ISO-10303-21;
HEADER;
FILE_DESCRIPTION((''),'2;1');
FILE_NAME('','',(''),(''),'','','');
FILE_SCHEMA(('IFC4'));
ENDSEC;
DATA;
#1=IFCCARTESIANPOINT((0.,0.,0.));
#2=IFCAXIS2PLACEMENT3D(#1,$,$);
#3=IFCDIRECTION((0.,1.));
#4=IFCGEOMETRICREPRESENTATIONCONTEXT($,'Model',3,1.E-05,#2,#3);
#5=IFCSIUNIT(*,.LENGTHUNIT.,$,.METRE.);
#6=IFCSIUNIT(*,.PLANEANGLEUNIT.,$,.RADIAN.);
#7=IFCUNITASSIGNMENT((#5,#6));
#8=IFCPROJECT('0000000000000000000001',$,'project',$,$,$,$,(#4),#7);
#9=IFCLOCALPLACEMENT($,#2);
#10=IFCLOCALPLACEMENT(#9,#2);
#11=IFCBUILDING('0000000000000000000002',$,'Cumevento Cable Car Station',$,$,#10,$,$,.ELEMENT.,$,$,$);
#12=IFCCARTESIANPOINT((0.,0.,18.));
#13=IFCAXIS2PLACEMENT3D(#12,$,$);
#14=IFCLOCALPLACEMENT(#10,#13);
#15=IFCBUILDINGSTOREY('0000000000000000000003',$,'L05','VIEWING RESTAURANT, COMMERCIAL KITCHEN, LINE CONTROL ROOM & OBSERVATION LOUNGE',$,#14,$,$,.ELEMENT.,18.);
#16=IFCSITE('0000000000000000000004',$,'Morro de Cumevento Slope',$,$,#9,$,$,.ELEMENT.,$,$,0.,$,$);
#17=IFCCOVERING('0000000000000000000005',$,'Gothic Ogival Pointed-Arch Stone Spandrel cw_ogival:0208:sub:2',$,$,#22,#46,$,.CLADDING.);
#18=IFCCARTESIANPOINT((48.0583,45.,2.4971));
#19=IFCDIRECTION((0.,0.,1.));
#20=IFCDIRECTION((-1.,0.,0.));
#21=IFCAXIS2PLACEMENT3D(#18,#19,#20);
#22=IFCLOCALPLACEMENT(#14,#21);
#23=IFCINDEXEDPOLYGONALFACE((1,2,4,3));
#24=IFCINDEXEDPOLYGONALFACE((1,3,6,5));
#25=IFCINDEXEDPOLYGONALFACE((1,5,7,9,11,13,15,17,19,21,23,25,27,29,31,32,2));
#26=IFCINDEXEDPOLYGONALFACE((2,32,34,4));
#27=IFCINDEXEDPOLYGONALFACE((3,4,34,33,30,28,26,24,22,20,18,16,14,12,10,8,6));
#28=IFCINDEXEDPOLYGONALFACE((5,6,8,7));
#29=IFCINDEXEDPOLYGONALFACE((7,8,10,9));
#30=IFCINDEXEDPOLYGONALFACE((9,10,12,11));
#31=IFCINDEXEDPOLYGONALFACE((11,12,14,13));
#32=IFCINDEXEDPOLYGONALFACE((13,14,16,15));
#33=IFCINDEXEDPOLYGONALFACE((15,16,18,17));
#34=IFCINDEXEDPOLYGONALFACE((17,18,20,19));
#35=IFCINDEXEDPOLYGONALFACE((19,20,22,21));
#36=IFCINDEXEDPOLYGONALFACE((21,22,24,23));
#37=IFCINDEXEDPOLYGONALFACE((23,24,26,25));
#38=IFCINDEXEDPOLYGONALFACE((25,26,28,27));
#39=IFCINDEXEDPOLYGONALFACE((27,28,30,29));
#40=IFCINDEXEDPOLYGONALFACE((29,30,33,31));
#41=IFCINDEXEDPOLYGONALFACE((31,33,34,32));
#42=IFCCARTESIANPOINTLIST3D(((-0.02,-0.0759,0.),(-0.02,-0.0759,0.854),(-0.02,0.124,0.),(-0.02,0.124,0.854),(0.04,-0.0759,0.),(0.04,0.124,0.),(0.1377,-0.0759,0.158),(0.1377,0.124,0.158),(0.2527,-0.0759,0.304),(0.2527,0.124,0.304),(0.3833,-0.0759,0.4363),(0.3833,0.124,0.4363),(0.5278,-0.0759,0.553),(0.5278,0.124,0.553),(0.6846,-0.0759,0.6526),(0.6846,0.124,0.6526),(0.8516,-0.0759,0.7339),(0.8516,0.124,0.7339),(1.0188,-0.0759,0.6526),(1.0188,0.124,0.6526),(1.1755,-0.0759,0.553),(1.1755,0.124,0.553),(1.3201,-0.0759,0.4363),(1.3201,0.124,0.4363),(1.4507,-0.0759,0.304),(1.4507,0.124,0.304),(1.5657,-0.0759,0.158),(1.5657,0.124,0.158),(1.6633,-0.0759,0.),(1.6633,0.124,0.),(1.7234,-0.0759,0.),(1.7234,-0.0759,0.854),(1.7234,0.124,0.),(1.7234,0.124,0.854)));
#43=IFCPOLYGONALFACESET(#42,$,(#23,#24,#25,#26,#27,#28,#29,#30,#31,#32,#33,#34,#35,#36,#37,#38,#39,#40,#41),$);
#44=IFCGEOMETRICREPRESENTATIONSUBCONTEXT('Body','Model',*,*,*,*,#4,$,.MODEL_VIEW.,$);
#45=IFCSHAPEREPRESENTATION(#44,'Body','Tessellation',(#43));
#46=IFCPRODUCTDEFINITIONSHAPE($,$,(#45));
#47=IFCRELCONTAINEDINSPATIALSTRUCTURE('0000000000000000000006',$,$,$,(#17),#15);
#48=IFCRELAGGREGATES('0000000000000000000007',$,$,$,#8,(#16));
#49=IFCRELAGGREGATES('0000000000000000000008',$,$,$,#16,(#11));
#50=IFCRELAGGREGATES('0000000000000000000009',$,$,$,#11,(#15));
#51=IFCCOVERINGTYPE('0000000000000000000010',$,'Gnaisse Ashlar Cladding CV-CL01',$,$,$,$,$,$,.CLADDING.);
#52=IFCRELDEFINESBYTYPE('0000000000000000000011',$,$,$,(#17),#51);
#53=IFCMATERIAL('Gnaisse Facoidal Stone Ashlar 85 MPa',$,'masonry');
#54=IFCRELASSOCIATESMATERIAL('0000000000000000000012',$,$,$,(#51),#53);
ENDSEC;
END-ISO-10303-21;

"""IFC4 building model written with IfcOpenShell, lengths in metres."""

from ifc_helpers import new_model, si_unit, direction, frame, origin, place, context, subcontext, project, spatial, polyline, outline, extrude, material, type_object, element, save


model = new_model("IFC4")

# Units and contexts
model_context = context("Model", 3, precision=1e-05, world=origin(), true_north=direction((0.0, 1.0)))
body_context = subcontext(model_context, "Body", "Model", "MODEL_VIEW")
ifc_project = project(units=[si_unit("LENGTHUNIT", "METRE"), si_unit("PLANEANGLEUNIT", "RADIAN")], contexts=[model_context])

# Site, building, storey
site_placement = place(None, origin())
site = spatial("IfcSite", under=ifc_project, at=site_placement, Name="Morro de Cumevento Slope", CompositionType="ELEMENT", RefElevation=0.0)
building_placement = place(site_placement, origin())
building = spatial("IfcBuilding", under=site, at=building_placement, Name="Cumevento Cable Car Station", CompositionType="ELEMENT")
storey_placement = place(building_placement, frame((0.0, 0.0, 18.0)))
storey = spatial("IfcBuildingStorey", under=building, at=storey_placement, Name="L05", Description="VIEWING RESTAURANT, COMMERCIAL KITCHEN, LINE CONTROL ROOM & OBSERVATION LOUNGE", CompositionType="ELEMENT", Elevation=18.0)

# Covering
ifc_material_1 = material(Name="Gnaisse Facoidal Stone Ashlar 85 MPa", Category="masonry")
covering_type = type_object("IfcCoveringType", Name="Gnaisse Ashlar Cladding CV-CL01", PredefinedType="CLADDING", material=ifc_material_1)
covering_placement = place(storey_placement, frame((48.0583, 45.0, 2.4971), z_axis=(0.0, 0.0, 1.0), x_axis=(-1.0, 0.0, 0.0)))
element("IfcCovering", 1, at=covering_placement, inside=storey, type_object=covering_type, Name="Gothic Ogival Pointed-Arch Stone Spandrel cw_ogival:0208:sub:2", PredefinedType="CLADDING", context=body_context, shape_type="SweptSolid", body=[
    extrude(outline(polyline([(-0.02, 0.0), (-0.02, 0.854), (1.7234, 0.854), (1.7234, 0.0), (1.6633, 0.0), (1.5657, 0.158), (1.4507, 0.304), (1.3201, 0.4363), (1.1755, 0.553), (1.0188, 0.6526), (0.8516, 0.7339), (0.6846, 0.6526), (0.5278, 0.553), (0.3833, 0.4363), (0.2527, 0.304), (0.1377, 0.158), (0.04, 0.0), (-0.02, 0.0)])), frame((0.0, 0.124, 0.0), z_axis=(0.0, -1.0, 0.0), x_axis=(1.0, 0.0, 0.0)), (0.0, 0.0, 1.0), 0.2),
])

save(model, "model.ifc")
